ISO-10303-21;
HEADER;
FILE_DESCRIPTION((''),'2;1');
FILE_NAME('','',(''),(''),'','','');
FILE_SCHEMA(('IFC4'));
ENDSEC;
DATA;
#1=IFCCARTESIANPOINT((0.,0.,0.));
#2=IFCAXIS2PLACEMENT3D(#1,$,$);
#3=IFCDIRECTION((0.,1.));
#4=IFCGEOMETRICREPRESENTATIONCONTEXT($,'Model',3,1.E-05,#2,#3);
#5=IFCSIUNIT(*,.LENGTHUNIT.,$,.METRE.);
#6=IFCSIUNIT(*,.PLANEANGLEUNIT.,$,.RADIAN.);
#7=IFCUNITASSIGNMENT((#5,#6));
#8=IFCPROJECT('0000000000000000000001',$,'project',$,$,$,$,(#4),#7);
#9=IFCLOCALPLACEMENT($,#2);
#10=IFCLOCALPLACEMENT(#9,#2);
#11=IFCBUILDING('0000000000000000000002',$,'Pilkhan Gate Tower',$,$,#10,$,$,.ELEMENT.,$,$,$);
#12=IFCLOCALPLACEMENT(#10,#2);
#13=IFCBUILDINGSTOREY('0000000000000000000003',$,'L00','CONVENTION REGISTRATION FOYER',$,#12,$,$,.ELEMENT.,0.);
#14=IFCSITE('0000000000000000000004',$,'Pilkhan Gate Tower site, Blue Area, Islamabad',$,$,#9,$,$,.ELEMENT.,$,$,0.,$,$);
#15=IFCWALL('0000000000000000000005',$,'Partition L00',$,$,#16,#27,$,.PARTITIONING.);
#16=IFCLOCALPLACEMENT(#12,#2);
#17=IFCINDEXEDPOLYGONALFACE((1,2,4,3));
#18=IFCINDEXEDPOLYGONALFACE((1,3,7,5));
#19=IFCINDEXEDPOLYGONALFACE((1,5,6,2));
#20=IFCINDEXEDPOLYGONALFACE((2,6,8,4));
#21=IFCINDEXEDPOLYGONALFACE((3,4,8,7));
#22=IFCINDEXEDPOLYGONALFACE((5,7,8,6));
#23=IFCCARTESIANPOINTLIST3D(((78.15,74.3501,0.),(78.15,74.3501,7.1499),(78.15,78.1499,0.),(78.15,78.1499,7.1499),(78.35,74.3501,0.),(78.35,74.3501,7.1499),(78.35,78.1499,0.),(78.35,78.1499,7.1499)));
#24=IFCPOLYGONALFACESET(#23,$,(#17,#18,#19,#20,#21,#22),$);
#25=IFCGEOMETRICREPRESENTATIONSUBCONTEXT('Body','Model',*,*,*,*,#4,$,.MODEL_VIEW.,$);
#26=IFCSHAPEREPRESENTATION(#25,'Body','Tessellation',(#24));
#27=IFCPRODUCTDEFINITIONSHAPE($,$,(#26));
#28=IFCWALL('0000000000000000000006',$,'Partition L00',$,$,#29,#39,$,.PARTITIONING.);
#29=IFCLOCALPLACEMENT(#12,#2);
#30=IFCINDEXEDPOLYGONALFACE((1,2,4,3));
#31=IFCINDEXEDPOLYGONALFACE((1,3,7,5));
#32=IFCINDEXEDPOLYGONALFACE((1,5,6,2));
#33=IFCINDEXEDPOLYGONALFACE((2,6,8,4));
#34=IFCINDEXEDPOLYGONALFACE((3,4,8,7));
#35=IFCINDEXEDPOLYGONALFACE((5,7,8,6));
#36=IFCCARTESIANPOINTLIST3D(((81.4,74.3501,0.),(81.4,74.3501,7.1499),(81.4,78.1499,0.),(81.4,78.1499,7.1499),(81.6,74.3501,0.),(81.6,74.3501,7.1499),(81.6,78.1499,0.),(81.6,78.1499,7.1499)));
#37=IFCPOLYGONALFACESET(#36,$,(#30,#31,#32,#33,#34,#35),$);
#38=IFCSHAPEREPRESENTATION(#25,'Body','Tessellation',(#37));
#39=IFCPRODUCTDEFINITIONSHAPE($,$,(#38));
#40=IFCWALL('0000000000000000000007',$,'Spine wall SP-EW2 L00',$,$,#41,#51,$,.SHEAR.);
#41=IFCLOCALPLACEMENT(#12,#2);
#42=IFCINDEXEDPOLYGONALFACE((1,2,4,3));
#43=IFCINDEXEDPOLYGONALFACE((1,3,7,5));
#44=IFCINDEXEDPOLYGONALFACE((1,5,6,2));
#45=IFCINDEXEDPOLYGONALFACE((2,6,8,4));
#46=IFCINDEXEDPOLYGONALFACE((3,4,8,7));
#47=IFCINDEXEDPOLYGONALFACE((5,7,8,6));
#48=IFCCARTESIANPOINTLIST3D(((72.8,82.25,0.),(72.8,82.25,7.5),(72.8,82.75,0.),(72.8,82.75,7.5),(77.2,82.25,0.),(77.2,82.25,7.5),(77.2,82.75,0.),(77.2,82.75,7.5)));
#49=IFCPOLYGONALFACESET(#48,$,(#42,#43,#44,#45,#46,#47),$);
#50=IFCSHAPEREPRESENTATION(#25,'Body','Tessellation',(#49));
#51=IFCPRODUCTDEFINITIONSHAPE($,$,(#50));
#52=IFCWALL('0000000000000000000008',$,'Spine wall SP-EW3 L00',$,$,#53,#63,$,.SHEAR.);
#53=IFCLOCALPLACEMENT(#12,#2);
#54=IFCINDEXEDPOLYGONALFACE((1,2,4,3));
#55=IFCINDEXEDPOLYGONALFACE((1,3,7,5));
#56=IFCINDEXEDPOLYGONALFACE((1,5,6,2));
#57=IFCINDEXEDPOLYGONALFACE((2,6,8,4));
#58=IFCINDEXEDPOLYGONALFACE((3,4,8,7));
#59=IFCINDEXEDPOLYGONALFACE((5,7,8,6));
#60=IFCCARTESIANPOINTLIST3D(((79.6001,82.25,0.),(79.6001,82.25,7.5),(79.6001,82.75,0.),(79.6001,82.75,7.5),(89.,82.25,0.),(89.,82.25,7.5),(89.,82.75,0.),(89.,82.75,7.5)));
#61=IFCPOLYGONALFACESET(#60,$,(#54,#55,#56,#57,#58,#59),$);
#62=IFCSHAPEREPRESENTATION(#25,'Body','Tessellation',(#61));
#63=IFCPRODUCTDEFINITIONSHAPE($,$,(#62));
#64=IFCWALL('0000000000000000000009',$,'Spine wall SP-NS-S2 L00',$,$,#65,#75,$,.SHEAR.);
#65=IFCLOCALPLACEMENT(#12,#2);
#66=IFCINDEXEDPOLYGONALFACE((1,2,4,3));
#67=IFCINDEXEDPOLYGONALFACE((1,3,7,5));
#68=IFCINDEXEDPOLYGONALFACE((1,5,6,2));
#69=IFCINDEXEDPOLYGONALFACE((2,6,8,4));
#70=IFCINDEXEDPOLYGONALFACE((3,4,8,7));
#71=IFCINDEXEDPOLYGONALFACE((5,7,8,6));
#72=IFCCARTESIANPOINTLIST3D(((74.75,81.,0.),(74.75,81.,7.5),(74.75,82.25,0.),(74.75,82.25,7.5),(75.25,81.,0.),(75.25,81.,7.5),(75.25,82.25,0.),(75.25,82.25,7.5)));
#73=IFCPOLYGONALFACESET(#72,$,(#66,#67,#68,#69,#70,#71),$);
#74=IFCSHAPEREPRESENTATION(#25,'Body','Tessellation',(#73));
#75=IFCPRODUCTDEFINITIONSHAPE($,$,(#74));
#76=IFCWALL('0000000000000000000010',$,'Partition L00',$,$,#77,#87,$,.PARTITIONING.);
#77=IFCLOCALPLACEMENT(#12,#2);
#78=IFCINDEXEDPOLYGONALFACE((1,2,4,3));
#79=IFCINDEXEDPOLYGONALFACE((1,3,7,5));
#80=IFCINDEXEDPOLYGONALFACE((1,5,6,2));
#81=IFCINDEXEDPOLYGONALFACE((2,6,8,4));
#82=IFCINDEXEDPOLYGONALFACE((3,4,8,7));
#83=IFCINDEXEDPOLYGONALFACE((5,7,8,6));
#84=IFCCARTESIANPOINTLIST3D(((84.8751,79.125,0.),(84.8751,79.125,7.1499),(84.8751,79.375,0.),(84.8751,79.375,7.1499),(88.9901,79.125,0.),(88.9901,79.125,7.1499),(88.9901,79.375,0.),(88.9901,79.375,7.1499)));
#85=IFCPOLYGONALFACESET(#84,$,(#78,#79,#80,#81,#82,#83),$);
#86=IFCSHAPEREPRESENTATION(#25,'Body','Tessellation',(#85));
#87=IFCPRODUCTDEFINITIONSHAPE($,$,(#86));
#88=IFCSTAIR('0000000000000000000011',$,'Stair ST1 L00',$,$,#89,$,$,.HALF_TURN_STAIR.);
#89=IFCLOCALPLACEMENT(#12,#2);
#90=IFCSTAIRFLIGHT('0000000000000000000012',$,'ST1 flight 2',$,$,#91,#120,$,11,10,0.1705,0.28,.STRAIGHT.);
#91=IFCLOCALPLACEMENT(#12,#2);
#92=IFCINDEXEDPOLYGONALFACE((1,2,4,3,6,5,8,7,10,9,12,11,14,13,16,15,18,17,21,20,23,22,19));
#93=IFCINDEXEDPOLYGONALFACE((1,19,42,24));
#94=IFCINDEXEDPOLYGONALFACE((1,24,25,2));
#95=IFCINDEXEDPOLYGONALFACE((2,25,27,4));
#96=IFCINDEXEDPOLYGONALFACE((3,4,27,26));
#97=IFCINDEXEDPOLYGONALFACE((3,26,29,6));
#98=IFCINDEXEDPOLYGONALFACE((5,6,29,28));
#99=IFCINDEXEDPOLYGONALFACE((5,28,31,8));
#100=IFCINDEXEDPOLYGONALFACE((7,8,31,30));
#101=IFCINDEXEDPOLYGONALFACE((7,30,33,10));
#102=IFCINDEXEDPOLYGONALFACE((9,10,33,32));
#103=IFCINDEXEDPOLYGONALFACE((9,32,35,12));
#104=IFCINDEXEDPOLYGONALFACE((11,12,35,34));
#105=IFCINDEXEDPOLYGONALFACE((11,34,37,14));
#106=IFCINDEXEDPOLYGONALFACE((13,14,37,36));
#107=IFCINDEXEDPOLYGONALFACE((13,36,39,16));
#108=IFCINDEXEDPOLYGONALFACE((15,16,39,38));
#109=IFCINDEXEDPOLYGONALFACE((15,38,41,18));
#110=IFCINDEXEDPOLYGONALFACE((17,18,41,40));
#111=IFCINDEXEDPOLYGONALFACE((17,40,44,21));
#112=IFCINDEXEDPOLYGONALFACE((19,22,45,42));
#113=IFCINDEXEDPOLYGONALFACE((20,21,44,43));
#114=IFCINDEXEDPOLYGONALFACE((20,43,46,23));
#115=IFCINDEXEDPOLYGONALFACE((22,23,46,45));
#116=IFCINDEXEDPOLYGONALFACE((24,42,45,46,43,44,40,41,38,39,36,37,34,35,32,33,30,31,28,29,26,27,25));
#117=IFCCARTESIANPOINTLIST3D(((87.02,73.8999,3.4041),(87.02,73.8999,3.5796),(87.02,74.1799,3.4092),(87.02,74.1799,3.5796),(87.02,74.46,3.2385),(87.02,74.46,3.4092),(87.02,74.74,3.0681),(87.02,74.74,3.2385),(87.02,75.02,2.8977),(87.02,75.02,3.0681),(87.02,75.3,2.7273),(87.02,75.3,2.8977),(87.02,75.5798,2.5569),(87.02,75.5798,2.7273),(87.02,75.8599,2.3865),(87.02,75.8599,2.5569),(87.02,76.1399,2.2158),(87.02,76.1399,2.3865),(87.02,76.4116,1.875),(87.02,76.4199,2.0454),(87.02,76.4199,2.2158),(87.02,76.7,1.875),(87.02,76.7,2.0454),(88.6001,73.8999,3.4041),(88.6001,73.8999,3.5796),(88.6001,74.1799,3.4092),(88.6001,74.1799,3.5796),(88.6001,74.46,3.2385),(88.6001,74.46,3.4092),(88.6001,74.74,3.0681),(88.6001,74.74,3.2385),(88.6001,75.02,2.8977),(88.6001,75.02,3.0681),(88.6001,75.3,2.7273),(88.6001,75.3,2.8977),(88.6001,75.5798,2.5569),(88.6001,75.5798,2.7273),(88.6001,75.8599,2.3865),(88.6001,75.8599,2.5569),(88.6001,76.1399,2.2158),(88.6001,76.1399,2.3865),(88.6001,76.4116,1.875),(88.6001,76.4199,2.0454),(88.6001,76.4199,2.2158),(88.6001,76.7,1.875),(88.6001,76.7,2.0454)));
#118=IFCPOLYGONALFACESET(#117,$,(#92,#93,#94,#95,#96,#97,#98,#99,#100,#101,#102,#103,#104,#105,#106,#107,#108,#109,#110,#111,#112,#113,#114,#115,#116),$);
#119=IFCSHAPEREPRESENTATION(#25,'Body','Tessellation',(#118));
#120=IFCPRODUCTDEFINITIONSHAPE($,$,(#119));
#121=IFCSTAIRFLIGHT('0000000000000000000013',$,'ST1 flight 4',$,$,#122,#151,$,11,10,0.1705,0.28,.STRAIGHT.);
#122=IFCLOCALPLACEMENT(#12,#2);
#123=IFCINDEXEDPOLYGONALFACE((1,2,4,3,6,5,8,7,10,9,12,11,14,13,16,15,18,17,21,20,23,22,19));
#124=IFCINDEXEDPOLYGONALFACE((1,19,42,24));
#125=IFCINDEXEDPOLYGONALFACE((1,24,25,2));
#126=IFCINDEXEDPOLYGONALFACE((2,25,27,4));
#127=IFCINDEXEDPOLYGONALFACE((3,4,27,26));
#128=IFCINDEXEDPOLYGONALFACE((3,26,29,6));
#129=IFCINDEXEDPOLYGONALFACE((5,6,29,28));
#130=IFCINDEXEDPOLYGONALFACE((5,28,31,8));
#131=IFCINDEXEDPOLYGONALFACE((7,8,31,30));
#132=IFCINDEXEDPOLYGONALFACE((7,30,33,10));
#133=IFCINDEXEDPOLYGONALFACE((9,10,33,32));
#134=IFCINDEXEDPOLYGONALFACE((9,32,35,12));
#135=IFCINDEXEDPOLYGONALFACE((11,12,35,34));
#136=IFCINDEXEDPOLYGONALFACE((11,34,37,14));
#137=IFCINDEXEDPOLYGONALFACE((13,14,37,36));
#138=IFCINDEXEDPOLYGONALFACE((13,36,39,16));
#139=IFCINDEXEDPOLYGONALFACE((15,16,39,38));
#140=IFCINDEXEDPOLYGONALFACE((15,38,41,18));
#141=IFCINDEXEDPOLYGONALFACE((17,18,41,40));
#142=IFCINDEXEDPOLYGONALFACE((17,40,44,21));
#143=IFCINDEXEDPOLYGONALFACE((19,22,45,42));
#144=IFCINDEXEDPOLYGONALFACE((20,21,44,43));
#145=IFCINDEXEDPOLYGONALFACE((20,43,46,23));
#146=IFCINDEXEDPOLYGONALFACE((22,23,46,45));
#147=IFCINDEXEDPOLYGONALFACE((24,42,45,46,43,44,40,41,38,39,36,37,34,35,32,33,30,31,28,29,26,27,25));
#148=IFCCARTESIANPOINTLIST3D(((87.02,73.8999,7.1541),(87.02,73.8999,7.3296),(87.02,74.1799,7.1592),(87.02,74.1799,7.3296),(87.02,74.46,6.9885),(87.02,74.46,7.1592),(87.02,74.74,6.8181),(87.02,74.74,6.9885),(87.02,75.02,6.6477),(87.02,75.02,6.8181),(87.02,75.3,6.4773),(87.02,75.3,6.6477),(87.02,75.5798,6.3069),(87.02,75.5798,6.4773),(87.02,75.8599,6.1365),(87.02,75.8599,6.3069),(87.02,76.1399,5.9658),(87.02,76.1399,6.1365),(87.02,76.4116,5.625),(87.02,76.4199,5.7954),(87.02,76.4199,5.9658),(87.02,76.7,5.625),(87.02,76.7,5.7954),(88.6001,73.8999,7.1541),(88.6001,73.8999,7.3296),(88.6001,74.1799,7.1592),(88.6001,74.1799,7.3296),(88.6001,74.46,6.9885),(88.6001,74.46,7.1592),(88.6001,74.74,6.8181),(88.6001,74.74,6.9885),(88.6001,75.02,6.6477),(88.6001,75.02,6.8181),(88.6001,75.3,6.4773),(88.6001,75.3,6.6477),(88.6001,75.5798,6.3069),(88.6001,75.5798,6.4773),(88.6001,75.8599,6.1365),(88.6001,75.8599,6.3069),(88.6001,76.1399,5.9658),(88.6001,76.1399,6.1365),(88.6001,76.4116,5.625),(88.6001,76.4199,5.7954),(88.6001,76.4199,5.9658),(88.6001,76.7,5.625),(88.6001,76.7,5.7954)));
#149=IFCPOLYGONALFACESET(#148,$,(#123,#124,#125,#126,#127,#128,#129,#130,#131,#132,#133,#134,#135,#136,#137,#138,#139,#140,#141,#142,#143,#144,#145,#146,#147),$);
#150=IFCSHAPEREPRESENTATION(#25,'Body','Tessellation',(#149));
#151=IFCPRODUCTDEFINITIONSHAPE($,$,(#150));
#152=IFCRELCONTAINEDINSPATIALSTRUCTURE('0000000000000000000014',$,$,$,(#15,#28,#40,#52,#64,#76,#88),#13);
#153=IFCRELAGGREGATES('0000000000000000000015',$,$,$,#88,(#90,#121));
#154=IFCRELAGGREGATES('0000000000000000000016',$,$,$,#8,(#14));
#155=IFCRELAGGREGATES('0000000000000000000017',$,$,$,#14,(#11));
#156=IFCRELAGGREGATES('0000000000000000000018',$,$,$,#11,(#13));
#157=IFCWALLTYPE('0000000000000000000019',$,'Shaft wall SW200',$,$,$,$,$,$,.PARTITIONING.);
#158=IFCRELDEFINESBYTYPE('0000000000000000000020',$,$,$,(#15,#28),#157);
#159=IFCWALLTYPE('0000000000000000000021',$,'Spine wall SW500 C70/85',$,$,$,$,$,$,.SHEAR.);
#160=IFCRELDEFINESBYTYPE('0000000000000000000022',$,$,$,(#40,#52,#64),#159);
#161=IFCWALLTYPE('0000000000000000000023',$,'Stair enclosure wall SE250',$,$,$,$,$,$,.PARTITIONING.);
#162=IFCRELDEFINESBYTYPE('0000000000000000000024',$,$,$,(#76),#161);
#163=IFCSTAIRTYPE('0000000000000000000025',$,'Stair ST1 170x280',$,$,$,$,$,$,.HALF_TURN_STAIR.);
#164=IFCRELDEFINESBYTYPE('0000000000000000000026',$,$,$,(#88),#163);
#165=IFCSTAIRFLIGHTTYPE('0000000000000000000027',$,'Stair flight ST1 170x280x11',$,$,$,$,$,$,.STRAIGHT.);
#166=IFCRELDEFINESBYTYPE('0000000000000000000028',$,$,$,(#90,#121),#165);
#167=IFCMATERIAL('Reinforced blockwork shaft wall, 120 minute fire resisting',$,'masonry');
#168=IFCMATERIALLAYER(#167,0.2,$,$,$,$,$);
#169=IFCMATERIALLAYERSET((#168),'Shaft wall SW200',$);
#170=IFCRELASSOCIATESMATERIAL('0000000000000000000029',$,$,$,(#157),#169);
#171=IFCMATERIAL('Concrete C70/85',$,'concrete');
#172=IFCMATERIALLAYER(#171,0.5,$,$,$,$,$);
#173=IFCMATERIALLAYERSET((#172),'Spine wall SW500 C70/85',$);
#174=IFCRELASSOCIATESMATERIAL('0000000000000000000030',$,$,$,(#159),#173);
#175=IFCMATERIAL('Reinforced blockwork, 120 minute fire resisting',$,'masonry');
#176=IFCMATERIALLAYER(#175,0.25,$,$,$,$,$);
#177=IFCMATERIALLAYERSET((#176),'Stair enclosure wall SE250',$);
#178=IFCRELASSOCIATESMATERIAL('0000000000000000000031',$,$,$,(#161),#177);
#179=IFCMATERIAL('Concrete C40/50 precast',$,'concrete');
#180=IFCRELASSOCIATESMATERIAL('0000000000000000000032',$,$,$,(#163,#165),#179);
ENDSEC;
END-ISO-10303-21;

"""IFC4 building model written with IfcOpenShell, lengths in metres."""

from ifc_helpers import new_model, si_unit, direction, frame, frame_2d, origin, place, context, subcontext, project, spatial, polyline, rectangle, outline, extrude, material, layer, layer_set, type_object, element, aggregate, save


model = new_model("IFC4")

# Units and contexts
model_context = context("Model", 3, precision=1e-05, world=origin(), true_north=direction((0.0, 1.0)))
body_context = subcontext(model_context, "Body", "Model", "MODEL_VIEW")
ifc_project = project(units=[si_unit("LENGTHUNIT", "METRE"), si_unit("PLANEANGLEUNIT", "RADIAN")], contexts=[model_context])

# Site, building, storey
site_placement = place(None, origin())
site = spatial("IfcSite", under=ifc_project, at=site_placement, Name="Pilkhan Gate Tower site, Blue Area, Islamabad", CompositionType="ELEMENT", RefElevation=0.0)
building_placement = place(site_placement, origin())
building = spatial("IfcBuilding", under=site, at=building_placement, Name="Pilkhan Gate Tower", CompositionType="ELEMENT")
storey_placement = place(building_placement, origin())
storey = spatial("IfcBuildingStorey", under=building, at=storey_placement, Name="L00", Description="CONVENTION REGISTRATION FOYER", CompositionType="ELEMENT", Elevation=0.0)

# Shared definitions
ifc_material_1 = material(Name="Concrete C70/85", Category="concrete")

# Shared definitions
ifc_material_2 = material(Name="Reinforced blockwork shaft wall, 120 minute fire resisting", Category="masonry")
ifc_layer_1 = layer(ifc_material_2, 0.2)
ifc_layer_set_1 = layer_set([ifc_layer_1], Name="Shaft wall SW200")
wall_type_1 = type_object("IfcWallType", Name="Shaft wall SW200", PredefinedType="PARTITIONING", material=ifc_layer_set_1)

# Walls
for number, where, z_axis, x_axis, name in (
    (1, (78.25, 74.3501, 0.0), (0.0, 0.0, 1.0), (0.0, 1.0, 0.0), "Partition L00"),
    (2, (81.5, 74.3501, 0.0), (0.0, 0.0, 1.0), (0.0, 1.0, 0.0), "Partition L00"),
):
    element("IfcWall", number, at=place(storey_placement, frame(where, z_axis=z_axis, x_axis=x_axis)), inside=storey, type_object=wall_type_1, Name=name, PredefinedType="PARTITIONING", context=body_context, shape_type="SweptSolid", body=[
        extrude(rectangle(XDim=3.7998, YDim=0.2, at=frame_2d((1.8999, 0.0))), origin(), (0.0, 0.0, 1.0), 7.1499),
    ])
ifc_layer_2 = layer(ifc_material_1, 0.5)
ifc_layer_set_2 = layer_set([ifc_layer_2], Name="Spine wall SW500 C70/85")
wall_type_2 = type_object("IfcWallType", Name="Spine wall SW500 C70/85", PredefinedType="SHEAR", material=ifc_layer_set_2)
wall_1_placement = place(storey_placement, frame((72.8, 82.5, 0.0), z_axis=(0.0, 0.0, 1.0), x_axis=(1.0, 0.0, 0.0)))
element("IfcWall", 3, at=wall_1_placement, inside=storey, type_object=wall_type_2, Name="Spine wall SP-EW2 L00", PredefinedType="SHEAR", context=body_context, shape_type="SweptSolid", body=[
    extrude(rectangle(XDim=4.3999, YDim=0.5, at=frame_2d((2.2, 0.0))), origin(), (0.0, 0.0, 1.0), 7.5),
])
wall_2_placement = place(storey_placement, frame((79.6001, 82.5, 0.0), z_axis=(0.0, 0.0, 1.0), x_axis=(1.0, 0.0, 0.0)))
element("IfcWall", 4, at=wall_2_placement, inside=storey, type_object=wall_type_2, Name="Spine wall SP-EW3 L00", PredefinedType="SHEAR", context=body_context, shape_type="SweptSolid", body=[
    extrude(rectangle(XDim=9.3999, YDim=0.5, at=frame_2d((4.7, 0.0))), origin(), (0.0, 0.0, 1.0), 7.5),
])
wall_3_placement = place(storey_placement, frame((75.0, 81.0, 0.0), z_axis=(0.0, 0.0, 1.0), x_axis=(0.0, 1.0, 0.0)))
element("IfcWall", 5, at=wall_3_placement, inside=storey, type_object=wall_type_2, Name="Spine wall SP-NS-S2 L00", PredefinedType="SHEAR", context=body_context, shape_type="SweptSolid", body=[
    extrude(rectangle(XDim=1.25, YDim=0.5, at=frame_2d((0.625, 0.0))), origin(), (0.0, 0.0, 1.0), 7.5),
])
ifc_material_3 = material(Name="Reinforced blockwork, 120 minute fire resisting", Category="masonry")
ifc_layer_3 = layer(ifc_material_3, 0.25)
ifc_layer_set_3 = layer_set([ifc_layer_3], Name="Stair enclosure wall SE250")
wall_type_3 = type_object("IfcWallType", Name="Stair enclosure wall SE250", PredefinedType="PARTITIONING", material=ifc_layer_set_3)
wall_4_placement = place(storey_placement, frame((84.875, 79.25, 0.0), z_axis=(0.0, 0.0, 1.0), x_axis=(1.0, 0.0, 0.0)))
element("IfcWall", 6, at=wall_4_placement, inside=storey, type_object=wall_type_3, Name="Partition L00", PredefinedType="PARTITIONING", context=body_context, shape_type="SweptSolid", body=[
    extrude(rectangle(XDim=4.115, YDim=0.25, at=frame_2d((2.0576, 0.0))), origin(), (0.0, 0.0, 1.0), 7.1499),
])

# Stair, stair flights
ifc_material_4 = material(Name="Concrete C40/50 precast", Category="concrete")
stair_type = type_object("IfcStairType", Name="Stair ST1 170x280", PredefinedType="HALF_TURN_STAIR", material=ifc_material_4)
stair_placement = place(storey_placement, origin())
stair = element("IfcStair", 7, at=stair_placement, inside=storey, type_object=stair_type, Name="Stair ST1 L00", PredefinedType="HALF_TURN_STAIR")
stair_flight_type = type_object("IfcStairFlightType", Name="Stair flight ST1 170x280x11", PredefinedType="STRAIGHT", material=ifc_material_4)
stair_flight_1_placement = place(storey_placement, frame((87.8101, 76.7, 1.875), z_axis=(0.0, 0.0, 1.0), x_axis=(0.0, -1.0, 0.0)))
stair_flight_1 = element("IfcStairFlight", 8, at=stair_flight_1_placement, type_object=stair_flight_type, Name="ST1 flight 2", NumberOfRisers=11, NumberOfTreads=10, PredefinedType="STRAIGHT", RiserHeight=0.1705, TreadLength=0.28, context=body_context, shape_type="SweptSolid", body=[
    extrude(outline(polyline([(0.0, 0.0), (0.0, 0.1704), (0.28, 0.1704), (0.28, 0.3408), (0.5601, 0.3408), (0.5601, 0.5115), (0.8401, 0.5115), (0.8401, 0.6819), (1.1201, 0.6819), (1.1201, 0.8523), (1.3999, 0.8523), (1.3999, 1.0227), (1.6799, 1.0227), (1.6799, 1.1931), (1.96, 1.1931), (1.96, 1.3635), (2.24, 1.3635), (2.24, 1.5342), (2.52, 1.5342), (2.52, 1.7046), (2.8, 1.7046), (2.8, 1.875), (2.8, 1.5291), (0.2883, 0.0), (0.0, 0.0)])), frame((0.0, 0.79, 0.0), z_axis=(0.0, -1.0, 0.0), x_axis=(1.0, 0.0, 0.0)), (0.0, 0.0, 1.0), 1.5801),
])
stair_flight_2_placement = place(storey_placement, frame((87.8101, 76.7, 5.625), z_axis=(0.0, 0.0, 1.0), x_axis=(0.0, -1.0, 0.0)))
stair_flight_2 = element("IfcStairFlight", 9, at=stair_flight_2_placement, type_object=stair_flight_type, Name="ST1 flight 4", NumberOfRisers=11, NumberOfTreads=10, PredefinedType="STRAIGHT", RiserHeight=0.1705, TreadLength=0.28, context=body_context, shape_type="SweptSolid", body=[
    extrude(outline(polyline([(0.0, 0.0), (0.0, 0.1704), (0.28, 0.1704), (0.28, 0.3408), (0.5601, 0.3408), (0.5601, 0.5115), (0.8401, 0.5115), (0.8401, 0.6819), (1.1201, 0.6819), (1.1201, 0.8523), (1.3999, 0.8523), (1.3999, 1.0227), (1.6799, 1.0227), (1.6799, 1.1931), (1.96, 1.1931), (1.96, 1.3635), (2.24, 1.3635), (2.24, 1.5342), (2.52, 1.5342), (2.52, 1.7046), (2.8, 1.7046), (2.8, 1.875), (2.8, 1.5291), (0.2883, 0.0), (0.0, 0.0)])), frame((0.0, 0.79, 0.0), z_axis=(0.0, -1.0, 0.0), x_axis=(1.0, 0.0, 0.0)), (0.0, 0.0, 1.0), 1.5801),
])
aggregate(stair, [stair_flight_1, stair_flight_2])

save(model, "model.ifc")
